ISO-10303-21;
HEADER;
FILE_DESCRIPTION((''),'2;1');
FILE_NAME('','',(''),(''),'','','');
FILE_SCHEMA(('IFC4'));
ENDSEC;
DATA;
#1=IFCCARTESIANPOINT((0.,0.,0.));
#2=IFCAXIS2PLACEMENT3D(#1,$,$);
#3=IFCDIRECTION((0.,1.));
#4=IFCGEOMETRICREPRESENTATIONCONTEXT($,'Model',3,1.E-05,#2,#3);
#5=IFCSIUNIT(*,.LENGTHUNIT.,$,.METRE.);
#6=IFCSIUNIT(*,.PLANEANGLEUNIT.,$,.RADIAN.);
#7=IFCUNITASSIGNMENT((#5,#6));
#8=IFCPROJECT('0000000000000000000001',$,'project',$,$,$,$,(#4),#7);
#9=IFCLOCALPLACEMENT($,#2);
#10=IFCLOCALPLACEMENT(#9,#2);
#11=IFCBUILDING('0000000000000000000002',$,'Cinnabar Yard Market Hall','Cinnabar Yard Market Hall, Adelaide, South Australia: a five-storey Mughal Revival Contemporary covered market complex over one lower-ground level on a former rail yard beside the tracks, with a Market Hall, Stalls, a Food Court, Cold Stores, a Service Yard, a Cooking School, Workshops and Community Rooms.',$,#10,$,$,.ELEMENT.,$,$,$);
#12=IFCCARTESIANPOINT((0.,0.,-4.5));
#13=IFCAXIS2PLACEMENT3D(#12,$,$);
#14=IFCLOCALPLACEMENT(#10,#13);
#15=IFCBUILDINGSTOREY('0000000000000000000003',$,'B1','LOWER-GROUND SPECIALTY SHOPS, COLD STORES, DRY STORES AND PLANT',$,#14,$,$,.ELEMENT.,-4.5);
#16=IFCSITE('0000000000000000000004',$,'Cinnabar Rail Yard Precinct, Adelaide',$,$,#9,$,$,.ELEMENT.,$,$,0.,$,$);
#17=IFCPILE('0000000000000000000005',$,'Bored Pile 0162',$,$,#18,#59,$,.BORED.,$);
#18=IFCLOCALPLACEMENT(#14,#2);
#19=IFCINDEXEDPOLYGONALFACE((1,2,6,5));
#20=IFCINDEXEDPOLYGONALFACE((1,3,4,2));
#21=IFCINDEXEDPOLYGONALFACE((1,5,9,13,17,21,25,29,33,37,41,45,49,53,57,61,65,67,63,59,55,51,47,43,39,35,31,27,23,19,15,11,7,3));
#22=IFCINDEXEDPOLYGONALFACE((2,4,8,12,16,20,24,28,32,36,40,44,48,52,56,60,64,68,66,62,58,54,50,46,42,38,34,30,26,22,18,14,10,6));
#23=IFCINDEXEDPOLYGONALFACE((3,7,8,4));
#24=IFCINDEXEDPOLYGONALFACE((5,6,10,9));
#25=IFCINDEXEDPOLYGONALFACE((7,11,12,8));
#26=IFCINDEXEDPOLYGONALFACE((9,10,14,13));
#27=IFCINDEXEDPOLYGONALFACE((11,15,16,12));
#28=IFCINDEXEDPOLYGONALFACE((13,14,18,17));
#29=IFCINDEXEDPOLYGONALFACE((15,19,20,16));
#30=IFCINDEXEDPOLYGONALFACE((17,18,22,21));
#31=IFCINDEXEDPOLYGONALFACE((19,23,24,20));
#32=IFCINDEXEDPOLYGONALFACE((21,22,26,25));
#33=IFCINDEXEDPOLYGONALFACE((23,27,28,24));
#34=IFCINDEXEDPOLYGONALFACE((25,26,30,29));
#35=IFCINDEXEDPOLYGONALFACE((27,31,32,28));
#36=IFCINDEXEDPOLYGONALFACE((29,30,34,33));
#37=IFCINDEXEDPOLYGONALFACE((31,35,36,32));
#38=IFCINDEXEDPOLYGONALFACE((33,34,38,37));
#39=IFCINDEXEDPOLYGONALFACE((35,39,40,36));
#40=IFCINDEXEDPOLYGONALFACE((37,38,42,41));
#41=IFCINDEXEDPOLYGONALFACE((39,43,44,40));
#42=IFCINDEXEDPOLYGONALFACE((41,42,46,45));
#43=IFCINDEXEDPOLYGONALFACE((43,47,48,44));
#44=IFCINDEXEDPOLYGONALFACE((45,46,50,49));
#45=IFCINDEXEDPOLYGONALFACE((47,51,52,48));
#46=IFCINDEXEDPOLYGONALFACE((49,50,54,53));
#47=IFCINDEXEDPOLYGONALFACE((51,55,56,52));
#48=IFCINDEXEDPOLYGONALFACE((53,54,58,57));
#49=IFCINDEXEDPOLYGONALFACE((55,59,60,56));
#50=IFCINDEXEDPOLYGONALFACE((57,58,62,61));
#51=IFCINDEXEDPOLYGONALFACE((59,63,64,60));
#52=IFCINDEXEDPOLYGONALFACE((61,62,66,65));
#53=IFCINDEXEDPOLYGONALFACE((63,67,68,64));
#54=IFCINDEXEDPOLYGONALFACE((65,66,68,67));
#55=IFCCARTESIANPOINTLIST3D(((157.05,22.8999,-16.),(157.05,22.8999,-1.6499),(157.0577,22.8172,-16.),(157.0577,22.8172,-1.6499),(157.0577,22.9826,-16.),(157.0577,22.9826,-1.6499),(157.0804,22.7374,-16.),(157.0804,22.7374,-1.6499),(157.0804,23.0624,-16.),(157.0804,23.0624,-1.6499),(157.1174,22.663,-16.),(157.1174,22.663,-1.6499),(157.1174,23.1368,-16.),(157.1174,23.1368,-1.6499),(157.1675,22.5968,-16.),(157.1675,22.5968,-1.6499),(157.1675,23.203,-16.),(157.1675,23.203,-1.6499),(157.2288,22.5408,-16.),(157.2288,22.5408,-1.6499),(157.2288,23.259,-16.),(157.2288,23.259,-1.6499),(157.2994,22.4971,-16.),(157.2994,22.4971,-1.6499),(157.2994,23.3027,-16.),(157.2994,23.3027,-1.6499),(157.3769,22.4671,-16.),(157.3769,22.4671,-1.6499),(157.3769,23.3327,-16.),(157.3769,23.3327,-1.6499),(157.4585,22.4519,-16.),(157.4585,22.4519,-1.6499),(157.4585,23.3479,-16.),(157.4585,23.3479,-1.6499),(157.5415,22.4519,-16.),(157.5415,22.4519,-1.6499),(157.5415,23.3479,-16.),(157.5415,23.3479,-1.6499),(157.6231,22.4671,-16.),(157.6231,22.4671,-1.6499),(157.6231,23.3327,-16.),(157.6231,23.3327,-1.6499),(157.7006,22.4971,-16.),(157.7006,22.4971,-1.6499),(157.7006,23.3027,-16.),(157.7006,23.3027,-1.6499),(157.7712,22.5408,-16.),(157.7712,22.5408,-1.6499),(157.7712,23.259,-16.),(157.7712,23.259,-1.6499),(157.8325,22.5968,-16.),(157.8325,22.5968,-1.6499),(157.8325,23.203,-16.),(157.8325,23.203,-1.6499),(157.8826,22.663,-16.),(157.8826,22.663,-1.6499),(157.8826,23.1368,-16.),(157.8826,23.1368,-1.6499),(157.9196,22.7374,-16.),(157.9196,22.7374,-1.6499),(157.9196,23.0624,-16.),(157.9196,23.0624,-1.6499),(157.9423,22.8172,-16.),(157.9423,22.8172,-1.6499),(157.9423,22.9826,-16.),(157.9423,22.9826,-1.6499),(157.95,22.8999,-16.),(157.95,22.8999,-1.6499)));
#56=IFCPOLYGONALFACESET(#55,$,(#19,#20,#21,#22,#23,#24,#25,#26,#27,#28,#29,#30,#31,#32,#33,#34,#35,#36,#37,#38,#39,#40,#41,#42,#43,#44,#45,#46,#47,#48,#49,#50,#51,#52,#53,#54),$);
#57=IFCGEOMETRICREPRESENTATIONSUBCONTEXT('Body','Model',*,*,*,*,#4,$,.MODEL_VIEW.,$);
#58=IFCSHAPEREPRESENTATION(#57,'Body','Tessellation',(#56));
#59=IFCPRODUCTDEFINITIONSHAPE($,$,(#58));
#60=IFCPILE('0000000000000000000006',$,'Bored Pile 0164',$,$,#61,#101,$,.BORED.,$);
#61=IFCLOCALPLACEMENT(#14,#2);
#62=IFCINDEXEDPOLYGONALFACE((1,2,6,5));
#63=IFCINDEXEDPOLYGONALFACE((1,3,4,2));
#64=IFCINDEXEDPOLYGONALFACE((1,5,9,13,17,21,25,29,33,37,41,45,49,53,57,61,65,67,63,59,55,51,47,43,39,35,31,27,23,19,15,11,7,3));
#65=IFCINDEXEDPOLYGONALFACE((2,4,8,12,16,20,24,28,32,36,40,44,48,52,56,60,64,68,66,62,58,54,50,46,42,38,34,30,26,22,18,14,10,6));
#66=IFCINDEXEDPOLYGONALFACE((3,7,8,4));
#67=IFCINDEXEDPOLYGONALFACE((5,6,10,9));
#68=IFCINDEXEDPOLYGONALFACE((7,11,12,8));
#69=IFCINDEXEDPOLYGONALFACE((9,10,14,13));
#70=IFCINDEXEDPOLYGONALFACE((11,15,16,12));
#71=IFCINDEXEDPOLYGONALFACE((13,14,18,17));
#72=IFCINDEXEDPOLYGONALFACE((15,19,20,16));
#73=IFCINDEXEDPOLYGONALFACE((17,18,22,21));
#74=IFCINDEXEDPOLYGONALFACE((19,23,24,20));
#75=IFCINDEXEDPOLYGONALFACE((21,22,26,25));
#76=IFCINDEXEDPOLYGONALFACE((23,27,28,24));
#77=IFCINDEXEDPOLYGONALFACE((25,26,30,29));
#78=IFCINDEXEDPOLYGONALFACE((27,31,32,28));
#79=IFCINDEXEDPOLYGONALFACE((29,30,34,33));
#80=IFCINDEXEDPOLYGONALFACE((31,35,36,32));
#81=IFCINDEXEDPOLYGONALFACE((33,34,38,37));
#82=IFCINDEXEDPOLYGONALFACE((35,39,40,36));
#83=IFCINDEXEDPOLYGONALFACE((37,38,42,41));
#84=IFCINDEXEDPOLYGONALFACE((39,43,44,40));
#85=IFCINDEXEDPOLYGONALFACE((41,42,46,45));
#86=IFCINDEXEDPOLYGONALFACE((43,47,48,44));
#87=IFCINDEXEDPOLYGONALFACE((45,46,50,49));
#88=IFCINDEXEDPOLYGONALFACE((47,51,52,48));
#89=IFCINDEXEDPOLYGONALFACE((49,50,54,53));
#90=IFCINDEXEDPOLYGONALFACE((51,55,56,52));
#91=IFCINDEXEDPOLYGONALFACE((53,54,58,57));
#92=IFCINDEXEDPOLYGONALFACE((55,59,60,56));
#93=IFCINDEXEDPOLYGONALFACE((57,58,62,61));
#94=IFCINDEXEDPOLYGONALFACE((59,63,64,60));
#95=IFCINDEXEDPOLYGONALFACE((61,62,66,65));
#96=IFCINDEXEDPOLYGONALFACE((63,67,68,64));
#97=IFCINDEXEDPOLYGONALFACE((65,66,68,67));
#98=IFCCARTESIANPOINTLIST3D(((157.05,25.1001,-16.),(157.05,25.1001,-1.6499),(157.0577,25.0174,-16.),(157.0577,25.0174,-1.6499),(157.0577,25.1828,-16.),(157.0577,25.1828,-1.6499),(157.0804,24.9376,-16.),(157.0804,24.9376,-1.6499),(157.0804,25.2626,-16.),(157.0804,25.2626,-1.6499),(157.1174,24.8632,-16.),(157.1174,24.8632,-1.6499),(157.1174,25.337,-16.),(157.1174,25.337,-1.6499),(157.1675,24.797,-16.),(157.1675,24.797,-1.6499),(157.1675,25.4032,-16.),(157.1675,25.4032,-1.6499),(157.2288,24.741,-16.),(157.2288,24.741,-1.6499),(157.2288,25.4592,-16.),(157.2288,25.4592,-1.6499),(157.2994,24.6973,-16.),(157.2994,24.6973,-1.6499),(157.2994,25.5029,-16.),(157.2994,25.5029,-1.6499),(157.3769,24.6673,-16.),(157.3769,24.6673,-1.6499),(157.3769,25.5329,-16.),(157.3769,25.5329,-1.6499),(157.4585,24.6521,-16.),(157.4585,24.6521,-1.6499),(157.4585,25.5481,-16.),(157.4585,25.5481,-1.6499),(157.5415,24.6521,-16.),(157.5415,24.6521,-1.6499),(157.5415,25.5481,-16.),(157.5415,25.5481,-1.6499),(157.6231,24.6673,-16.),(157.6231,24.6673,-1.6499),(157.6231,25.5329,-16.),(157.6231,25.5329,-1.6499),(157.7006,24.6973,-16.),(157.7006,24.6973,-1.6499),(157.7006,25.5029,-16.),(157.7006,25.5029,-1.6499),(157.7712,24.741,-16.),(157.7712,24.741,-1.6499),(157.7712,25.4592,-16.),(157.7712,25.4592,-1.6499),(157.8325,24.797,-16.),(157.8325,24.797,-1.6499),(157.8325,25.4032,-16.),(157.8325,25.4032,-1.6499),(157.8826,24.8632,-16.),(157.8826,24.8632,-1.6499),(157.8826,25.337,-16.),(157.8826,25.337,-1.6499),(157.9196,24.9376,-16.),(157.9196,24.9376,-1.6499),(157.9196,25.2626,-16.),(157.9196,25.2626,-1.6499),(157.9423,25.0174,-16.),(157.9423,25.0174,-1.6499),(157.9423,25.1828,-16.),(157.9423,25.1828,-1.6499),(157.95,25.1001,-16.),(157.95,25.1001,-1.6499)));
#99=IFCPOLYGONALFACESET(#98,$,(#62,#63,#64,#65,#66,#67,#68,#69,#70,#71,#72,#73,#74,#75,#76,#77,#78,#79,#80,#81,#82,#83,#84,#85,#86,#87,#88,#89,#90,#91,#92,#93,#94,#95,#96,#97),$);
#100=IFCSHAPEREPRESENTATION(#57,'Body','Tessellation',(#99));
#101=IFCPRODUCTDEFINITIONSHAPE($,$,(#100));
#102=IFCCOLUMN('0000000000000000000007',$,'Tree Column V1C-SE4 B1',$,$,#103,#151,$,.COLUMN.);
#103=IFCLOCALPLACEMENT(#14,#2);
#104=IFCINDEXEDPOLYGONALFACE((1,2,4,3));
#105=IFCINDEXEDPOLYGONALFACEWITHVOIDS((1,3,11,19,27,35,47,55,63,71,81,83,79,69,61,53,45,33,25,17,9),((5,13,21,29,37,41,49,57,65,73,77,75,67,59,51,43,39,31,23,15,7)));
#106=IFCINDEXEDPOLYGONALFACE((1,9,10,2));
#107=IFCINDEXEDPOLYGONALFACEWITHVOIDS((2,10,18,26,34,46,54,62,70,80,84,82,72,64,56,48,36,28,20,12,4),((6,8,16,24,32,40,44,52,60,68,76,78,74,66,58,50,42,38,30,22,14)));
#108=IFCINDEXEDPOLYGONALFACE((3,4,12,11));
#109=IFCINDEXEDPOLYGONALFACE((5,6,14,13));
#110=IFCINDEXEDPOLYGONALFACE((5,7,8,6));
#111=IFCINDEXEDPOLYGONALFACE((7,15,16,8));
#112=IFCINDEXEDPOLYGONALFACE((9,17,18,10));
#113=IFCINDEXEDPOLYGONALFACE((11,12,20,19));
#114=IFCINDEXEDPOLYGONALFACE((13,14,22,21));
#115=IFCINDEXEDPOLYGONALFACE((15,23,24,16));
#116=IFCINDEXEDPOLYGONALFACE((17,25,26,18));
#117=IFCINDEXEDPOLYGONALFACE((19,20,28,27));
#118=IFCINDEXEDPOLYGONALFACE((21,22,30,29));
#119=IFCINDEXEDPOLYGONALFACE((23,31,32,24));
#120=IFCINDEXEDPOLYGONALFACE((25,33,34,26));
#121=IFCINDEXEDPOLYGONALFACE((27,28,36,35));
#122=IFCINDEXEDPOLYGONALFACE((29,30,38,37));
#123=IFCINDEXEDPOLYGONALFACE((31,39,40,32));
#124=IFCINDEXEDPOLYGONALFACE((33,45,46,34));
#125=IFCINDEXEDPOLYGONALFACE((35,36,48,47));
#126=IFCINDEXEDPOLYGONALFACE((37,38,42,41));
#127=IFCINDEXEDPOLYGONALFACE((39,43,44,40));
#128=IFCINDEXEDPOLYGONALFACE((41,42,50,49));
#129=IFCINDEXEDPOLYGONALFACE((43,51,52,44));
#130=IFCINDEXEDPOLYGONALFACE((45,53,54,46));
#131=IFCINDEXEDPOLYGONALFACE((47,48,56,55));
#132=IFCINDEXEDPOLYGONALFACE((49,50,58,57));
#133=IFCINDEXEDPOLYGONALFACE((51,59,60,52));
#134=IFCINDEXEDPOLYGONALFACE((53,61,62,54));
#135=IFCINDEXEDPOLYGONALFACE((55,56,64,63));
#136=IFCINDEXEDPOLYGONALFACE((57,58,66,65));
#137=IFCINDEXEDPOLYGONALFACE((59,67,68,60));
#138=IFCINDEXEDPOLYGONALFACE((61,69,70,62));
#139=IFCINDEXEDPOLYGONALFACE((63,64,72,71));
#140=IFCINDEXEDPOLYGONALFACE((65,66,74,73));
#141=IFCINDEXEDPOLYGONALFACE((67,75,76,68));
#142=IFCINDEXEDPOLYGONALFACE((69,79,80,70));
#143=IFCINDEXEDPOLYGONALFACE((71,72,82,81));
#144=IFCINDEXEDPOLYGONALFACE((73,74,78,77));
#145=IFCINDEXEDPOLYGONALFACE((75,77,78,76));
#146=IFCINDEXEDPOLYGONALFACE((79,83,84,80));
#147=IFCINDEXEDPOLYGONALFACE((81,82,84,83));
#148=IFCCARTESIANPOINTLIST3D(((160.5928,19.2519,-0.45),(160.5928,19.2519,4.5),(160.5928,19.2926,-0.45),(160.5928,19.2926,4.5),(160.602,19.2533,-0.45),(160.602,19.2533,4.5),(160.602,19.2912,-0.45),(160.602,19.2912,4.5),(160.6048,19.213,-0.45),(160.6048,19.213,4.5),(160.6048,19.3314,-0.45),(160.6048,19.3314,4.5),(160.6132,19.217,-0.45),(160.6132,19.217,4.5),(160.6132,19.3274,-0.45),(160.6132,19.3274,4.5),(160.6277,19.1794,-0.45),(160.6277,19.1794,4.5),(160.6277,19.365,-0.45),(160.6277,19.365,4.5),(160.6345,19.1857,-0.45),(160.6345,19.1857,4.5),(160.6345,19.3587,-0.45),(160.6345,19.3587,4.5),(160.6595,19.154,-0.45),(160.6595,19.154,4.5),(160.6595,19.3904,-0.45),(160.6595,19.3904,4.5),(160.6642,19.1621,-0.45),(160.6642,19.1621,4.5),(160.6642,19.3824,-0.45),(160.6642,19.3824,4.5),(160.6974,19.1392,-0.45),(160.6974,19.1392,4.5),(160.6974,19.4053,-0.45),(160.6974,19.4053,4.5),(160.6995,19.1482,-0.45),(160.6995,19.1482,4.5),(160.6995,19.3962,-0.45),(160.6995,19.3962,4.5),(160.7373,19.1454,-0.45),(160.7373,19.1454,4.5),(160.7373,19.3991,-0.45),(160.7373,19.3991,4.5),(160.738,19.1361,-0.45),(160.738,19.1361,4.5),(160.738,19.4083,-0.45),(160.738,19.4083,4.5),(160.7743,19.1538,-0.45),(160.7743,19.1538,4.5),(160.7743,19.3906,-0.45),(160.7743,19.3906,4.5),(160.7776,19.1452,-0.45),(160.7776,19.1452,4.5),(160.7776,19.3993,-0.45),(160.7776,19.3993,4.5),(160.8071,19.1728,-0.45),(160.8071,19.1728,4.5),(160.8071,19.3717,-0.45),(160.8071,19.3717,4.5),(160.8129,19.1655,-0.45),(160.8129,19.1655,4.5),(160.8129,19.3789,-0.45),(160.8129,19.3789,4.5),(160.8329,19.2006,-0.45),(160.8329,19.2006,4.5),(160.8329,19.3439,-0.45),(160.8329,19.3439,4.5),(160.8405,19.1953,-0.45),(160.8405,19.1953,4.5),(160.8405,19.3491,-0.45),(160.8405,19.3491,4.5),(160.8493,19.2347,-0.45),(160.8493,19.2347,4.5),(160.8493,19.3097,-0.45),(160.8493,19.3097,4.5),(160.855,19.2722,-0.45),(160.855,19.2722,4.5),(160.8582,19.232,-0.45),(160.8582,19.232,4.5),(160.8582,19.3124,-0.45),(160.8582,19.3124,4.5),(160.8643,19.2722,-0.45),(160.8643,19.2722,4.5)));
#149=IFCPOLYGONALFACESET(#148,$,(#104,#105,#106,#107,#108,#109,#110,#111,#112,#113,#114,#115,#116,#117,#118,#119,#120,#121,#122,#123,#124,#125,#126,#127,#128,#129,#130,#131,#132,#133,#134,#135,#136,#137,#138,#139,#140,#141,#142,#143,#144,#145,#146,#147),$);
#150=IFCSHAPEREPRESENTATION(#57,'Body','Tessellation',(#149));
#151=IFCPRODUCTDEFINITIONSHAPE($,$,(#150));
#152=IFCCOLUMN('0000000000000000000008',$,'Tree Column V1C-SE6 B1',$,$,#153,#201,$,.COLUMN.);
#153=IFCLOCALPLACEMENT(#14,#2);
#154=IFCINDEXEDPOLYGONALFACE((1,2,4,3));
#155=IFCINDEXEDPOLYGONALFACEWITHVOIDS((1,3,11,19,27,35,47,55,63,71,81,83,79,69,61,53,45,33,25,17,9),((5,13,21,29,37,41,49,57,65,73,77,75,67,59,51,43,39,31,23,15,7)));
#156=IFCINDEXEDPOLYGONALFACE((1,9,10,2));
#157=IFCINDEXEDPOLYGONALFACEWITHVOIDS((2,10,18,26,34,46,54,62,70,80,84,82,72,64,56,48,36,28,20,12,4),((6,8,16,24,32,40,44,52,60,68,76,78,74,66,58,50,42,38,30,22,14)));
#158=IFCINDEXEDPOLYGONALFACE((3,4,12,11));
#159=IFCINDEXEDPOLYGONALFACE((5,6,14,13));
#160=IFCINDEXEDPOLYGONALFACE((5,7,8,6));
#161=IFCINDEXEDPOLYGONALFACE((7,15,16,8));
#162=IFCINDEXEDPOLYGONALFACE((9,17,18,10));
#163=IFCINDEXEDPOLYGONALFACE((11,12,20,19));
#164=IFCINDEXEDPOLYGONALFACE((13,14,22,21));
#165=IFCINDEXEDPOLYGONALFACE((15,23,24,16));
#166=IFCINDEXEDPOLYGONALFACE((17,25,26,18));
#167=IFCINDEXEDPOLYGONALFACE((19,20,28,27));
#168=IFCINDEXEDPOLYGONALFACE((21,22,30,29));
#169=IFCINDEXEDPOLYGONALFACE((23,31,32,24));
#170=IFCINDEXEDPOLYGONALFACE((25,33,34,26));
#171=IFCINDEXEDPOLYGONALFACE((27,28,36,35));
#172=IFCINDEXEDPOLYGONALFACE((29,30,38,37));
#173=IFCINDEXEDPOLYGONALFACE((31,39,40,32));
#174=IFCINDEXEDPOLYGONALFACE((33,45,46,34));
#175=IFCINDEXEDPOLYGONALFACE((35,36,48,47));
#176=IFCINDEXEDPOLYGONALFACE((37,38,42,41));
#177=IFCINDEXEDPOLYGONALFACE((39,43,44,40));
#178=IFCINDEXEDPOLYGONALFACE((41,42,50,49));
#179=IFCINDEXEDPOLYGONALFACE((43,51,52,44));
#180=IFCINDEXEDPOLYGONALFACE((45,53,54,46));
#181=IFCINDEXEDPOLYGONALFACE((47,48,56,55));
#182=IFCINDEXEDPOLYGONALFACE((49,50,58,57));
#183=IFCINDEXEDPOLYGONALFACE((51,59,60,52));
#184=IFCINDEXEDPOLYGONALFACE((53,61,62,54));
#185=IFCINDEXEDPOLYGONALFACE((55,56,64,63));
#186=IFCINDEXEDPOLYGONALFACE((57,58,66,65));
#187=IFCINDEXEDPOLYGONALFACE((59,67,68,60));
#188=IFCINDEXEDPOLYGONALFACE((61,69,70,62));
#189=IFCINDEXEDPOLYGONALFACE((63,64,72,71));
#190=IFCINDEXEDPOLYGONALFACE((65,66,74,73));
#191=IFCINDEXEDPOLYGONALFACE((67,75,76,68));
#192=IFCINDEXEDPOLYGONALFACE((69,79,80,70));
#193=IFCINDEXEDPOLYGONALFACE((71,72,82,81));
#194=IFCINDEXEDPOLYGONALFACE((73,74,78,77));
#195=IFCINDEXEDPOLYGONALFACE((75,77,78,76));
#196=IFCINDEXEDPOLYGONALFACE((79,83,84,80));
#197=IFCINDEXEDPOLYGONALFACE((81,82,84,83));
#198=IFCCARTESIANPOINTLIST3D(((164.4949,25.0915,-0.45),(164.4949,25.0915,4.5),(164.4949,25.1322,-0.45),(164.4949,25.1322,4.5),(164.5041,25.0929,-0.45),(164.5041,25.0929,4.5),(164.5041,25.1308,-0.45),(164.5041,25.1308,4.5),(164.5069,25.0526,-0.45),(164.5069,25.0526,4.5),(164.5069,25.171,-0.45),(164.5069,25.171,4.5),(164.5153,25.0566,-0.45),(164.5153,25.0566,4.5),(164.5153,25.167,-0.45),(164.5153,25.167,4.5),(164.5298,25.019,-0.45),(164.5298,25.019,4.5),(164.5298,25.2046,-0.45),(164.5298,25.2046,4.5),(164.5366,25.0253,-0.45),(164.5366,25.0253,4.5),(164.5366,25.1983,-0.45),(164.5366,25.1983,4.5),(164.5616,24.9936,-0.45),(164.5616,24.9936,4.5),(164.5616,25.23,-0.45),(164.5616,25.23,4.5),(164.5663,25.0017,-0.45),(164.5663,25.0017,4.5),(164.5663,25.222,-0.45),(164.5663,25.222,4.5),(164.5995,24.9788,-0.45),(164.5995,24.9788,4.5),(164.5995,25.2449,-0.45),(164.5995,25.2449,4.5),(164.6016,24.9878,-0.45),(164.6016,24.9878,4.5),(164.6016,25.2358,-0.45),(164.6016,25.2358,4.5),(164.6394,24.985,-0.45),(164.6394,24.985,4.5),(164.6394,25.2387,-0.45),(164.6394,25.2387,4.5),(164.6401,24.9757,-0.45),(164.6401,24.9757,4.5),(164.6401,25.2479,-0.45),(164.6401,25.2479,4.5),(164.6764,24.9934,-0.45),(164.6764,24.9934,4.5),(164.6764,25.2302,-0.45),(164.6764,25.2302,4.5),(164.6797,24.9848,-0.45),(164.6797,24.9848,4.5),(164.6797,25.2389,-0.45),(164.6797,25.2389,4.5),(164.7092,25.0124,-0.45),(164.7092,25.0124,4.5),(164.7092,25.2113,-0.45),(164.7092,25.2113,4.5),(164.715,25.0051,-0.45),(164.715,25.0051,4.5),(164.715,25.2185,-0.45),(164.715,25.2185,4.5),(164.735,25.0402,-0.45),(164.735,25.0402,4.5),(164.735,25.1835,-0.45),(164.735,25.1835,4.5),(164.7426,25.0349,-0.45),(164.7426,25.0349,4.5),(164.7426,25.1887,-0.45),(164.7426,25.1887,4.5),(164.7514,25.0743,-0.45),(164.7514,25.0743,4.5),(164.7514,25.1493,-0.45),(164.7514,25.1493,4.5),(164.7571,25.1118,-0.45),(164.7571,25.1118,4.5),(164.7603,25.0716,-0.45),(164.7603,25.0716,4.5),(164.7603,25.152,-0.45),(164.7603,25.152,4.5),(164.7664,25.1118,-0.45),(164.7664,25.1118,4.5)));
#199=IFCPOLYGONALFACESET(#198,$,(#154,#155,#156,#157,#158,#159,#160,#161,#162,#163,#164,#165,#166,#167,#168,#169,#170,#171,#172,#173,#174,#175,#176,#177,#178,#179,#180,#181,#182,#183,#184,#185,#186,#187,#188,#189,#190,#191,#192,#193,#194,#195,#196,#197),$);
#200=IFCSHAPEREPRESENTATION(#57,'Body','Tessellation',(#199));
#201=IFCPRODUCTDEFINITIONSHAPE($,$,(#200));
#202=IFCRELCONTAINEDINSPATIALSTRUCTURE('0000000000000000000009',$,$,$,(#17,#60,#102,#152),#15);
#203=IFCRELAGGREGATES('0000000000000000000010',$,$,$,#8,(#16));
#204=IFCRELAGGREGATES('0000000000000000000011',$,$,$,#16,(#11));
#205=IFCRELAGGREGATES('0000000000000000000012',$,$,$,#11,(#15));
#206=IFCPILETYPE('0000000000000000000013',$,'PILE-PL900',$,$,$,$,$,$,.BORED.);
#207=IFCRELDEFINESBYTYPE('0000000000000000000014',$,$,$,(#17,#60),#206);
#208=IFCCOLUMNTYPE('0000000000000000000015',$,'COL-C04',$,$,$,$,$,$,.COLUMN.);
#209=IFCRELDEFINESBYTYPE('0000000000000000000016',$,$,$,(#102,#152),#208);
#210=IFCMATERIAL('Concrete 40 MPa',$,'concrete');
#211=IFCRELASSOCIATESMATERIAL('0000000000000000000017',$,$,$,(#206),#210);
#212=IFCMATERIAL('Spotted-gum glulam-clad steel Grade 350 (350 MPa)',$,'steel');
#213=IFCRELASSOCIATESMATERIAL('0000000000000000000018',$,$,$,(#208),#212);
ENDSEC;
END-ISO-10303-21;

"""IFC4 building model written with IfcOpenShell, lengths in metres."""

from ifc_helpers import new_model, si_unit, direction, frame, origin, origin_2d_with_axis, place, context, subcontext, project, spatial, circle, hollow_circle, extrude, material, material_profile, profile_set, type_object, element, save


model = new_model("IFC4")

# Units and contexts
model_context = context("Model", 3, precision=1e-05, world=origin(), true_north=direction((0.0, 1.0)))
body_context = subcontext(model_context, "Body", "Model", "MODEL_VIEW")
ifc_project = project(units=[si_unit("LENGTHUNIT", "METRE"), si_unit("PLANEANGLEUNIT", "RADIAN")], contexts=[model_context])

# Site, building, storey
site_placement = place(None, origin())
site = spatial("IfcSite", under=ifc_project, at=site_placement, Name="Cinnabar Rail Yard Precinct, Adelaide", CompositionType="ELEMENT", RefElevation=0.0)
building_placement = place(site_placement, origin())
building = spatial("IfcBuilding", under=site, at=building_placement, Name="Cinnabar Yard Market Hall", Description="Cinnabar Yard Market Hall, Adelaide, South Australia: a five-storey Mughal Revival Contemporary covered market complex over one lower-ground level on a former rail yard beside the tracks, with a Market Hall, Stalls, a Food Court, Cold Stores, a Service Yard, a Cooking School, Workshops and Community Rooms.", CompositionType="ELEMENT")
storey_placement = place(building_placement, frame((0.0, 0.0, -4.5)))
storey = spatial("IfcBuildingStorey", under=building, at=storey_placement, Name="B1", Description="LOWER-GROUND SPECIALTY SHOPS, COLD STORES, DRY STORES AND PLANT", CompositionType="ELEMENT", Elevation=-4.5)

# Shared definitions
ifc_material_1 = material(Name="Concrete 40 MPa", Category="concrete")

# Piles
ifc_material_profile_1 = material_profile(ifc_material_1, circle(Radius=0.45, at=origin_2d_with_axis()), Name="PILE-D900")
ifc_profile_set_1 = profile_set([ifc_material_profile_1], Name="Concrete 40 MPa")
pile_type_1 = type_object("IfcPileType", Name="PILE-PL900", PredefinedType="BORED", material=ifc_profile_set_1)
for number, where, z_axis, x_axis, name in (
    (1, (157.5, 22.8999, -1.6499), (0.0, 0.0, -1.0), (1.0, 0.0, 0.0), "Bored Pile 0162"),
    (2, (157.5, 25.1001, -1.6499), (0.0, 0.0, -1.0), (1.0, 0.0, 0.0), "Bored Pile 0164"),
):
    element("IfcPile", number, at=place(storey_placement, frame(where, z_axis=z_axis, x_axis=x_axis)), inside=storey, type_object=pile_type_1, Name=name, PredefinedType="BORED", context=body_context, shape_type="SweptSolid", body=[
        extrude(circle(Radius=0.45, at=origin_2d_with_axis()), origin(), (0.0, 0.0, 1.0), 14.3501),
    ])

# Columns
ifc_material_2 = material(Name="Spotted-gum glulam-clad steel Grade 350 (350 MPa)", Category="steel")
ifc_material_profile_2 = material_profile(ifc_material_2, hollow_circle(Radius=0.1365, WallThickness=0.0093, at=origin_2d_with_axis()), Name="273.1x9.3CHS")
ifc_profile_set_2 = profile_set([ifc_material_profile_2], Name="Spotted-gum glulam-clad steel Grade 350 (350 MPa)")
column_type_1 = type_object("IfcColumnType", Name="COL-C04", PredefinedType="COLUMN", material=ifc_profile_set_2)
for number, where, z_axis, x_axis, name in (
    (3, (160.7278, 19.2722, -0.45), (0.0, 0.0, 1.0), (1.0, 0.0, 0.0), "Tree Column V1C-SE4 B1"),
    (4, (164.6299, 25.1118, -0.45), (0.0, 0.0, 1.0), (1.0, 0.0, 0.0), "Tree Column V1C-SE6 B1"),
):
    element("IfcColumn", number, at=place(storey_placement, frame(where, z_axis=z_axis, x_axis=x_axis)), inside=storey, type_object=column_type_1, Name=name, PredefinedType="COLUMN", context=body_context, shape_type="SweptSolid", body=[
        extrude(hollow_circle(Radius=0.1365, WallThickness=0.0093, at=origin_2d_with_axis()), origin(), (0.0, 0.0, 1.0), 4.95),
    ])

save(model, "model.ifc")
